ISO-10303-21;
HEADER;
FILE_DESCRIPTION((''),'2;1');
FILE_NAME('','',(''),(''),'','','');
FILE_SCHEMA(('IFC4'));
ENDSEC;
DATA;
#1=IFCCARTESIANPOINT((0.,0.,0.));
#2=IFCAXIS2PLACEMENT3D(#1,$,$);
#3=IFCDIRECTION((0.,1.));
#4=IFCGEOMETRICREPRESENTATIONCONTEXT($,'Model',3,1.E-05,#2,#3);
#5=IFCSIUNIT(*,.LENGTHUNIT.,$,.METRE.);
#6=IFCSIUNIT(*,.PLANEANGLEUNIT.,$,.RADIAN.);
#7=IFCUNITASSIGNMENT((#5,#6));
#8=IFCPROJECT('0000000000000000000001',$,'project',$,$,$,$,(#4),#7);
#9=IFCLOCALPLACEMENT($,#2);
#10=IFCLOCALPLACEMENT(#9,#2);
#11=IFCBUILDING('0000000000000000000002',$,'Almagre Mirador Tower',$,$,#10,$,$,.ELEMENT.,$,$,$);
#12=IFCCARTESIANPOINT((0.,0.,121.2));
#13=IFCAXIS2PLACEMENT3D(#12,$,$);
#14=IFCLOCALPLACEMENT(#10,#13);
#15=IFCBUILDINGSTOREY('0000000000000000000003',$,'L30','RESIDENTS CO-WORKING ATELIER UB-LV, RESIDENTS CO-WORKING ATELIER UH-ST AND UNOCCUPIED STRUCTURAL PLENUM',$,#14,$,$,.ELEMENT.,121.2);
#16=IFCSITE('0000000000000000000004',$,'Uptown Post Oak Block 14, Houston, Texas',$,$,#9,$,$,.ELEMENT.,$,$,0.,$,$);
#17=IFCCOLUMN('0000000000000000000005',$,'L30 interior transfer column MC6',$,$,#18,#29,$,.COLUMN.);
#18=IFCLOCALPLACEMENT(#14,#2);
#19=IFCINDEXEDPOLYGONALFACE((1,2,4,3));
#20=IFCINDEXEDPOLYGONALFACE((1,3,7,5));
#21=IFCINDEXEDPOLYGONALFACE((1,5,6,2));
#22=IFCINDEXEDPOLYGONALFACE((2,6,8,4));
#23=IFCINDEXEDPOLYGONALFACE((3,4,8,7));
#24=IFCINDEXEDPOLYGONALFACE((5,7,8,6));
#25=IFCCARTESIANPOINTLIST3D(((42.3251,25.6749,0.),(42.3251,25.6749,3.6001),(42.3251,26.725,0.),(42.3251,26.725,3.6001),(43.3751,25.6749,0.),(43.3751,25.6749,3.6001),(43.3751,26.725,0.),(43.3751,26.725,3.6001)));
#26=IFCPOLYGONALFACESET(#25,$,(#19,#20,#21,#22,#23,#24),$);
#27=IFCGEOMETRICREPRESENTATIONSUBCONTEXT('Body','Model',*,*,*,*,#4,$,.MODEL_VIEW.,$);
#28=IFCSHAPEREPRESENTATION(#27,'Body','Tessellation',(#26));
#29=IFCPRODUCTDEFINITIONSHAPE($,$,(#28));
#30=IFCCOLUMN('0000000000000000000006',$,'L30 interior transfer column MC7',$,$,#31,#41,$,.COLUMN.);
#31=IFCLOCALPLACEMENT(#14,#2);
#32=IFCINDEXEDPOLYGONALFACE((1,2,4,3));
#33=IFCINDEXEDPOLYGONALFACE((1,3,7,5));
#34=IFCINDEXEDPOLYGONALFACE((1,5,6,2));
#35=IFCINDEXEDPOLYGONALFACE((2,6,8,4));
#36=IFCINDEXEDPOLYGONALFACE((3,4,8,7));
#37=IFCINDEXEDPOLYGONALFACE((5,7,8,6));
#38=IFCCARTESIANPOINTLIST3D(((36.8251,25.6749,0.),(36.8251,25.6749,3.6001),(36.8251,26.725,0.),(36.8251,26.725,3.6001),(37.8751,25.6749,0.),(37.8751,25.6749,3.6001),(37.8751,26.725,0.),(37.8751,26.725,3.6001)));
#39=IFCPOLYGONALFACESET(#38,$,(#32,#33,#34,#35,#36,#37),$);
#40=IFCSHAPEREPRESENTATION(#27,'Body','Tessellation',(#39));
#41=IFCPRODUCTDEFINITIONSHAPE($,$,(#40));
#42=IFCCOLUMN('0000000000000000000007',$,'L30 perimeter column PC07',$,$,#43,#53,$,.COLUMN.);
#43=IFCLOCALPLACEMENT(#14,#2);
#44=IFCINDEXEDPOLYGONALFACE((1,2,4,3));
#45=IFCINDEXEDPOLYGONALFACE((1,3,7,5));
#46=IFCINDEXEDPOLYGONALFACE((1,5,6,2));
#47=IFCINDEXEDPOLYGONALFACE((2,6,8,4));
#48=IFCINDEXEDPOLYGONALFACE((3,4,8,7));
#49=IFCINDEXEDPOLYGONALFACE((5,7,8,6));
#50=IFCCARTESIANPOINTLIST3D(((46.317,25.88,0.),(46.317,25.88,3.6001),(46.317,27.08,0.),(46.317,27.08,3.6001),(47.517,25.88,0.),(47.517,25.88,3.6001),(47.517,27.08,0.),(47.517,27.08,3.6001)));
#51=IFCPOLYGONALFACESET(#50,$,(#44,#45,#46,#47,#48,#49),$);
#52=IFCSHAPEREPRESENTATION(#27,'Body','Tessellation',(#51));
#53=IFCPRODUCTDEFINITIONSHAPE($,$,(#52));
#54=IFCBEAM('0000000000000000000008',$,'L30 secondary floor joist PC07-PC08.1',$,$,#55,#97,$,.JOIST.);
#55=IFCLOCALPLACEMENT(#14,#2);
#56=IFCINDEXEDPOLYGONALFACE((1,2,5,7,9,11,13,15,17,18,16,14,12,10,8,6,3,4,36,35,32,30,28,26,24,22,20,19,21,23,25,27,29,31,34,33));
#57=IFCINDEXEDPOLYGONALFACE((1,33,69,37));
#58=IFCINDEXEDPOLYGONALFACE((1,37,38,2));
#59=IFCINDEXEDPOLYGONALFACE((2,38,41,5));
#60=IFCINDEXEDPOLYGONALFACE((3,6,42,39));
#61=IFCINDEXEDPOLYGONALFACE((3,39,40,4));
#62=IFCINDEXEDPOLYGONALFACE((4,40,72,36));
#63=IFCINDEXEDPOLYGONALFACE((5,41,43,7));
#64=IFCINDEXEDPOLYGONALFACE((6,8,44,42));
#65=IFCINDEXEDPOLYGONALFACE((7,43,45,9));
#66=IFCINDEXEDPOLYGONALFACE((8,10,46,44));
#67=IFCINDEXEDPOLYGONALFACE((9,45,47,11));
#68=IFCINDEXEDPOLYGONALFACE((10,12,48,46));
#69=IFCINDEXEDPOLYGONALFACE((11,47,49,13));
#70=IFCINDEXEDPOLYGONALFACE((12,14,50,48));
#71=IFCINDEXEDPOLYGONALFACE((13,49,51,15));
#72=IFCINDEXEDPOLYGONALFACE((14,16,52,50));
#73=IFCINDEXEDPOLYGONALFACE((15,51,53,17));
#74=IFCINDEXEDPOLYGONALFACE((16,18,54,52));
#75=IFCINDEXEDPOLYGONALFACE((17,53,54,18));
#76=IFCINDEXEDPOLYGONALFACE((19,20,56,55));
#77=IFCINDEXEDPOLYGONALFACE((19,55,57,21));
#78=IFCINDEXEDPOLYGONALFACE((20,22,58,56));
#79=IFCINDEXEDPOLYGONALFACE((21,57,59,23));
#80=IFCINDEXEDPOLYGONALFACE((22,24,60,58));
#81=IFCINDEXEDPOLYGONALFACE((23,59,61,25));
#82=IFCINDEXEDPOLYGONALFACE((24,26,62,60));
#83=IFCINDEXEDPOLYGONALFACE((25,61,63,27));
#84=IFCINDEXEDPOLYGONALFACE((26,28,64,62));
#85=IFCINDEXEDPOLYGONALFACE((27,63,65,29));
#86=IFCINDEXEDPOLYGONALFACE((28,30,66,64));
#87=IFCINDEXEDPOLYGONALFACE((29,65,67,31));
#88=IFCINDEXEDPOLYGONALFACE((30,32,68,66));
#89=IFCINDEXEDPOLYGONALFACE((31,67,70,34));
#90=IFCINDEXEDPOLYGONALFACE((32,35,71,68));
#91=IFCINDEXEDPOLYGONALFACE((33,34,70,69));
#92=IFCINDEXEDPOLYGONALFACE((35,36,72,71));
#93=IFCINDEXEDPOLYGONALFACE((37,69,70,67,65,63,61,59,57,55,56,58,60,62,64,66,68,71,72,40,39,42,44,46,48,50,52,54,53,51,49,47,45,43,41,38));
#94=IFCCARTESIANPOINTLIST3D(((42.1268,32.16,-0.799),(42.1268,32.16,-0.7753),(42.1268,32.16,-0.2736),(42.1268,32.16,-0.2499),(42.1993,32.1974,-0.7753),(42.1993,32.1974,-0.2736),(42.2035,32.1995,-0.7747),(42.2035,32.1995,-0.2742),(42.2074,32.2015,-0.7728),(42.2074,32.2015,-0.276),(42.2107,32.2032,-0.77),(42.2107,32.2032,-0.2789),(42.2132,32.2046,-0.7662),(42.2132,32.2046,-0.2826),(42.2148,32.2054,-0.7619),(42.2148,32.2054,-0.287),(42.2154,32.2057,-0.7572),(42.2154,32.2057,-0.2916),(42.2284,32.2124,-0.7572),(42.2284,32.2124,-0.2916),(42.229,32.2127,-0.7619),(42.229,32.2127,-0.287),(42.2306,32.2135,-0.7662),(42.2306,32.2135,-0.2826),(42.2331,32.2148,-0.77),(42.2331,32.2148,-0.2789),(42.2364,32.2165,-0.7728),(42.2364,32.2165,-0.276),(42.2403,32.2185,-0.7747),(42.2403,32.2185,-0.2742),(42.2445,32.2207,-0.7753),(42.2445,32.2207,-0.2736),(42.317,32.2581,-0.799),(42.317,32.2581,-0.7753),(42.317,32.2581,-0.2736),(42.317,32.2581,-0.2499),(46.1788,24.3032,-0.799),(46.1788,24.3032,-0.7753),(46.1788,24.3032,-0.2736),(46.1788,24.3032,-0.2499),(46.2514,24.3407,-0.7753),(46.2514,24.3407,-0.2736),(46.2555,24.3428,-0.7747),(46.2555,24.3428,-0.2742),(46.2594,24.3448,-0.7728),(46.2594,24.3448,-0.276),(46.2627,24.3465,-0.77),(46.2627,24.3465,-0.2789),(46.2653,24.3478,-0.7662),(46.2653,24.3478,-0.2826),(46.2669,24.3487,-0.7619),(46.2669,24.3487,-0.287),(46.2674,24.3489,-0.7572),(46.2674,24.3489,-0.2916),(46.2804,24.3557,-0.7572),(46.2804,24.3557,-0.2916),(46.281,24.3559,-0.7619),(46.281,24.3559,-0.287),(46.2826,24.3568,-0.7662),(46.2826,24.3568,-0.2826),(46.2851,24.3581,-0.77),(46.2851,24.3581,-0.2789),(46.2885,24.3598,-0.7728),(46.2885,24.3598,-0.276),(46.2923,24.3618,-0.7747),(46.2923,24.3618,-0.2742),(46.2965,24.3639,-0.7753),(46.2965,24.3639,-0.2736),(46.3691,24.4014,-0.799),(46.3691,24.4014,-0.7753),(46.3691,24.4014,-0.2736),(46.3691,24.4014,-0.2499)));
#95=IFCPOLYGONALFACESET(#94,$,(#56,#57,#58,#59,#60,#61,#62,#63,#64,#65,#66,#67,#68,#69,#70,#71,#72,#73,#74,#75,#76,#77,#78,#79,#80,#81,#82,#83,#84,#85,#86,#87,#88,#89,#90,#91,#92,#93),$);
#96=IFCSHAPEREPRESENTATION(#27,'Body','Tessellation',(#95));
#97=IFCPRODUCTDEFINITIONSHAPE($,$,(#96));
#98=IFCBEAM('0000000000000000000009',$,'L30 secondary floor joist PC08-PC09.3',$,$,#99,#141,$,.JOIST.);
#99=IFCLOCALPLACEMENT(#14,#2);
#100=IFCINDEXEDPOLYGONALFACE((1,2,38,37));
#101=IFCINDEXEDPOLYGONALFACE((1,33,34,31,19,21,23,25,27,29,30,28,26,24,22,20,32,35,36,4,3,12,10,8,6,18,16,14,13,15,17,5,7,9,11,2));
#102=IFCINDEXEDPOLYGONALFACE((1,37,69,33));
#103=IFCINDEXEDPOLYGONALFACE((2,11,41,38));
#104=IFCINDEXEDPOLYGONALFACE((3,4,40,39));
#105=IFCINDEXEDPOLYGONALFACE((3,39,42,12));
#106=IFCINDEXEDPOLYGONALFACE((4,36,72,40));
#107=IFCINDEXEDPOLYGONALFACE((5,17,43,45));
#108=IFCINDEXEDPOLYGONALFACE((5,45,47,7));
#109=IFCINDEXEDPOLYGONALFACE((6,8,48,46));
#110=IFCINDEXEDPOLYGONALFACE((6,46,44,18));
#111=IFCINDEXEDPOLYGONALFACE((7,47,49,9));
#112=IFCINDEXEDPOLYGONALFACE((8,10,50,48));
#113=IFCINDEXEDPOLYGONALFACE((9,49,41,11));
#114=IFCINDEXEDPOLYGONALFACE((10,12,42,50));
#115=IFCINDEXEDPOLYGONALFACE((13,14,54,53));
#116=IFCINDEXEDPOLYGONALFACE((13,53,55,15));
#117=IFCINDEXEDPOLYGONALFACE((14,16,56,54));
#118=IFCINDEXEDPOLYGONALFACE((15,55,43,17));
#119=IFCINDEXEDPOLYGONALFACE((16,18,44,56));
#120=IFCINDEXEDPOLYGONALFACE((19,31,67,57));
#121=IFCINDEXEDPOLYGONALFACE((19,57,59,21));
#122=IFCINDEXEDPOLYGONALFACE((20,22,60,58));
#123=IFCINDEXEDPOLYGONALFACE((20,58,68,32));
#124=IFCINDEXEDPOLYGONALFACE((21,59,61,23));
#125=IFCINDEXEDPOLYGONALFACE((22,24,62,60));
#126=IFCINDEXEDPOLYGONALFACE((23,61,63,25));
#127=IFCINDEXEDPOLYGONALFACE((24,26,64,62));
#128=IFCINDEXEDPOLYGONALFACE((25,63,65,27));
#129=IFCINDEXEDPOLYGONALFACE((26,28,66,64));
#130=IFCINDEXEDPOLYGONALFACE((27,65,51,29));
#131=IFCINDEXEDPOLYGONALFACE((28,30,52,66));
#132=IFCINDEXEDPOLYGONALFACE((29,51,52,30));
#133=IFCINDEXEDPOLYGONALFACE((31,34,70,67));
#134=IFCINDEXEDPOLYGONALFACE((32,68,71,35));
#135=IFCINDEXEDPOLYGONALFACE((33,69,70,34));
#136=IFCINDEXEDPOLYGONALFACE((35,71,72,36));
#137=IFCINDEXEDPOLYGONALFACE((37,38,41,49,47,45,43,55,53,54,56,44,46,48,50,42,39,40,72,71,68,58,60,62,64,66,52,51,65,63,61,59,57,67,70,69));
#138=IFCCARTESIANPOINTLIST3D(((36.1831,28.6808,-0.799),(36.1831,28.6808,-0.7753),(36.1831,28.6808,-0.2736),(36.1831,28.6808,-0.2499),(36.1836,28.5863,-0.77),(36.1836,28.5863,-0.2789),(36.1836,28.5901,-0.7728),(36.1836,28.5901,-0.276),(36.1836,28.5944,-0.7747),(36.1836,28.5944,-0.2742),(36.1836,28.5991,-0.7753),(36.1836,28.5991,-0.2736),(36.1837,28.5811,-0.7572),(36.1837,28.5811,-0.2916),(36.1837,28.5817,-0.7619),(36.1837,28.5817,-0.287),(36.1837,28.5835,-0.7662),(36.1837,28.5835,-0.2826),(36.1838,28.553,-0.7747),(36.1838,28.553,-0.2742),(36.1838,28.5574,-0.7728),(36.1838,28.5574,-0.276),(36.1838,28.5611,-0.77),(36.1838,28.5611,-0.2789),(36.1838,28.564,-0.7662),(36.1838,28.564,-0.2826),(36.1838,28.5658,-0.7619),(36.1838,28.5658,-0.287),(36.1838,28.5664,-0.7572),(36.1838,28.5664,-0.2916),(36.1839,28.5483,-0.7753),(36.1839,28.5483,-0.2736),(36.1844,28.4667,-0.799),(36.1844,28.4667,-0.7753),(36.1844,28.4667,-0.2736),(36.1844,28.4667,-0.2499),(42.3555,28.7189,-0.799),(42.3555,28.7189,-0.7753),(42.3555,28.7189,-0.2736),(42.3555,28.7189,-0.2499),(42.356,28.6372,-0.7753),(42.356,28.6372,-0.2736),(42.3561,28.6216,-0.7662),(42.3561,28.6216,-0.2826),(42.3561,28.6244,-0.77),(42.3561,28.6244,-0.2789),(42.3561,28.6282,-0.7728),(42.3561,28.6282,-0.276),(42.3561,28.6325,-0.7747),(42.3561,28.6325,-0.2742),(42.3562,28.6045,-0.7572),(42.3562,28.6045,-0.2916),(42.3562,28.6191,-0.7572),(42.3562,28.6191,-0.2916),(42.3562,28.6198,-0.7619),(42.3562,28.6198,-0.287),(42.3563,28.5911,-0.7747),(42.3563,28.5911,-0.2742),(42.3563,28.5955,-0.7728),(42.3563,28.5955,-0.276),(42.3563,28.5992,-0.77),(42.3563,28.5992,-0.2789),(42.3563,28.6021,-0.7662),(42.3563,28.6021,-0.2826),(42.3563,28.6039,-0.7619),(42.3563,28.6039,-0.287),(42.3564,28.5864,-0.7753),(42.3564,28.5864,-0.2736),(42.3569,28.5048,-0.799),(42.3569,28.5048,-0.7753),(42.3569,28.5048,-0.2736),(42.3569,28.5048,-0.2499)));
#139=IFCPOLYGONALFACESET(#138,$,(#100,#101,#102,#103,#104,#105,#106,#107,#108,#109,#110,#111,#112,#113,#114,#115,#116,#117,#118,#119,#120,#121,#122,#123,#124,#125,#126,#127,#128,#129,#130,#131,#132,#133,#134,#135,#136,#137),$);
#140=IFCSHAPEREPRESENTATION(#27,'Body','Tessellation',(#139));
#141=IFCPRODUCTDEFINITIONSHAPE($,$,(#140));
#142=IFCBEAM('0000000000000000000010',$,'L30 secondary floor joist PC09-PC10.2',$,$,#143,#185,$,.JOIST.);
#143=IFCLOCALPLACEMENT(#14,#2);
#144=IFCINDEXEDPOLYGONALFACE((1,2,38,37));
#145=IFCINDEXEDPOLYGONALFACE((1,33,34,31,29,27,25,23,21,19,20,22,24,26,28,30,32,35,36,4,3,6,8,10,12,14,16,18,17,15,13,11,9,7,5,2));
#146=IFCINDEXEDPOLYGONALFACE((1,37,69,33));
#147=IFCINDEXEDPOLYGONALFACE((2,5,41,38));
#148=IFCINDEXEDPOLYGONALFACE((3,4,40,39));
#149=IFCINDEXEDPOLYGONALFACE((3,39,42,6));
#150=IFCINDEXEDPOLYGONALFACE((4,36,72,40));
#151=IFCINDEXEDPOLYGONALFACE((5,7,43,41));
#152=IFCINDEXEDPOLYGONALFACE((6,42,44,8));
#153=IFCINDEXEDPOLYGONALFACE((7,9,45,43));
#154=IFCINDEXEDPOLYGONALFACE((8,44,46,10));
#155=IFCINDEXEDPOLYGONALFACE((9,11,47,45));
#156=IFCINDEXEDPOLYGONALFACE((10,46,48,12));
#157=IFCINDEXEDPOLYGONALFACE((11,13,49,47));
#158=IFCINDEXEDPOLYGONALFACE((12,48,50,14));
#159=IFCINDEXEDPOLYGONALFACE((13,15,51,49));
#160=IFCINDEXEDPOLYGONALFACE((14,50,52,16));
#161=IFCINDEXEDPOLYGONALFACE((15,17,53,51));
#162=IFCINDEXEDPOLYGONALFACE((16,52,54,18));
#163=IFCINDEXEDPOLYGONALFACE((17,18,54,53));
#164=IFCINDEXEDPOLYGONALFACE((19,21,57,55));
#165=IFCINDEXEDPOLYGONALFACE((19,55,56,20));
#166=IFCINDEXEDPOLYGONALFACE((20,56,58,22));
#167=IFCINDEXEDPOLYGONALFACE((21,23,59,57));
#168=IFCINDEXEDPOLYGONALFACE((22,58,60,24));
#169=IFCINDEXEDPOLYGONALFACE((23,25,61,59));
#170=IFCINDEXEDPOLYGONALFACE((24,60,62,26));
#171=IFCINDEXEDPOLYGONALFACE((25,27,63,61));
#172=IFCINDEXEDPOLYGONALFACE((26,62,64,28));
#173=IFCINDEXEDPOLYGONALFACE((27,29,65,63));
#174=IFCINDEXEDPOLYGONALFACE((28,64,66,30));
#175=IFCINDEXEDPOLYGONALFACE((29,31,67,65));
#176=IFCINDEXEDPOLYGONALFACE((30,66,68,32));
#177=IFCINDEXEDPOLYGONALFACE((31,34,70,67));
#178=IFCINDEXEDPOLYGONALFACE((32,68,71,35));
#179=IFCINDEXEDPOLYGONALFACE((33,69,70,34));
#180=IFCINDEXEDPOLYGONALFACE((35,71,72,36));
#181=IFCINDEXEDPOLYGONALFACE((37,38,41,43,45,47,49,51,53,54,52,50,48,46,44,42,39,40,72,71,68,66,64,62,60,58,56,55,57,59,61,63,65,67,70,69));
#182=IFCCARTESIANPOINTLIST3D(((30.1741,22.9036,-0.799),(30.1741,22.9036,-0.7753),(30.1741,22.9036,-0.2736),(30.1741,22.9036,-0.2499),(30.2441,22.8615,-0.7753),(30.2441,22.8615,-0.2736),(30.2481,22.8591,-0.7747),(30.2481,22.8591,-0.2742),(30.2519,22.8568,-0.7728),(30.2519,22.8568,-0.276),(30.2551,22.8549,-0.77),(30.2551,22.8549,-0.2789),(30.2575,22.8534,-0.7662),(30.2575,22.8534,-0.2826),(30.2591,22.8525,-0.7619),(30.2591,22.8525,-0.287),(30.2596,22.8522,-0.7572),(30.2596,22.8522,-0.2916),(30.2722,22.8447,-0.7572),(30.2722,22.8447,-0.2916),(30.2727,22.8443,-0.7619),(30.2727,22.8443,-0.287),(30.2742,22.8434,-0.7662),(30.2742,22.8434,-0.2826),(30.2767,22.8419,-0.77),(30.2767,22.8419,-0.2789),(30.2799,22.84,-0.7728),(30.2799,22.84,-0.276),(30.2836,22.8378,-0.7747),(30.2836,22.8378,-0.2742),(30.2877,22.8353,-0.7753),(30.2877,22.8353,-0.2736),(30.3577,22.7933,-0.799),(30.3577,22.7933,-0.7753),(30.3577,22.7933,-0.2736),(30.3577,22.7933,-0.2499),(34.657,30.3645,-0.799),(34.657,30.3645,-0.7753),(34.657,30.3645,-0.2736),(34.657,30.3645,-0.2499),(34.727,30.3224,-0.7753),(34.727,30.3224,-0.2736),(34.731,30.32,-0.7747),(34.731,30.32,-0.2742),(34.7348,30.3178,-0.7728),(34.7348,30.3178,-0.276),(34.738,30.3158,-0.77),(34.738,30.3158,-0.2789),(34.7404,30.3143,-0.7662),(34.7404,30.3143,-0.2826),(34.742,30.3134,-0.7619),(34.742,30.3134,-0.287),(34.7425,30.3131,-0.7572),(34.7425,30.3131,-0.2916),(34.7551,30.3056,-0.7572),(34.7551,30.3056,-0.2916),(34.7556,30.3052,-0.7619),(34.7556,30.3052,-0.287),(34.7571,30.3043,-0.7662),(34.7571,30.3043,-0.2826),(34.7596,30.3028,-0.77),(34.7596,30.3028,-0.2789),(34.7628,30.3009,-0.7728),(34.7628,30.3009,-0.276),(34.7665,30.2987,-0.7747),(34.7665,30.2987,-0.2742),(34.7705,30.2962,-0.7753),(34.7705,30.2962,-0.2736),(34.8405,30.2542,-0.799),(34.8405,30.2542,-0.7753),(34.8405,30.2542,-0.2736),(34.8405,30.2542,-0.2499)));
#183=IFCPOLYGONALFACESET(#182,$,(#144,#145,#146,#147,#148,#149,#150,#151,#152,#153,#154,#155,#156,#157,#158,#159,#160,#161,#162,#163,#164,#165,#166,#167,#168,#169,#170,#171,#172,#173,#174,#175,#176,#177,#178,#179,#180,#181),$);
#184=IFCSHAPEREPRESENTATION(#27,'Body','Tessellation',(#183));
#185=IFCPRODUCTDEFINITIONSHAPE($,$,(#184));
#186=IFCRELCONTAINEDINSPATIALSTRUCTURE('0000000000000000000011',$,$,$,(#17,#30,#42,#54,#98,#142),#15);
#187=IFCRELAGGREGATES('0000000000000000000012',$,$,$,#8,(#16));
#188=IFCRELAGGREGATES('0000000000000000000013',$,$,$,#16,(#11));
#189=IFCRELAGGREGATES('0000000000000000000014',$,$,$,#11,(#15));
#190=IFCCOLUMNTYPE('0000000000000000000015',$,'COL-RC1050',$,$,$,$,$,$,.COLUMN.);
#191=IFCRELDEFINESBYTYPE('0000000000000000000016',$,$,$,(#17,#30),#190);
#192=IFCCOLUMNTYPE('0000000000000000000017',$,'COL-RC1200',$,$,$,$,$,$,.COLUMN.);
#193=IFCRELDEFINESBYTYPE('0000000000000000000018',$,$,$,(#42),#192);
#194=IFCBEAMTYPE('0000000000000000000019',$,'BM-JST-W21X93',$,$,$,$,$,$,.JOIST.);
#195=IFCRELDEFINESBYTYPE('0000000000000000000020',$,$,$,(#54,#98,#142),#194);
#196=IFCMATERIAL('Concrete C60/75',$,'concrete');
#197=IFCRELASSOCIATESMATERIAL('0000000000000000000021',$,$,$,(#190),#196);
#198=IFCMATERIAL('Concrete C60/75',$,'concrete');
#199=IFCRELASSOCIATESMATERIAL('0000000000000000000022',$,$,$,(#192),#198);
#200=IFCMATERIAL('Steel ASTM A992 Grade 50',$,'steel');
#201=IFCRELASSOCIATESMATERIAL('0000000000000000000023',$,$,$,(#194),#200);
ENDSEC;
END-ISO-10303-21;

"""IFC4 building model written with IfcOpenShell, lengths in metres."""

from ifc_helpers import new_model, si_unit, direction, frame, origin, origin_2d, place, context, subcontext, project, spatial, rectangle, i_section, extrude, material, material_profile, profile_set, type_object, element, save


model = new_model("IFC4")

# Units and contexts
model_context = context("Model", 3, precision=1e-05, world=origin(), true_north=direction((0.0, 1.0)))
body_context = subcontext(model_context, "Body", "Model", "MODEL_VIEW")
ifc_project = project(units=[si_unit("LENGTHUNIT", "METRE"), si_unit("PLANEANGLEUNIT", "RADIAN")], contexts=[model_context])

# Site, building, storey
site_placement = place(None, origin())
site = spatial("IfcSite", under=ifc_project, at=site_placement, Name="Uptown Post Oak Block 14, Houston, Texas", CompositionType="ELEMENT", RefElevation=0.0)
building_placement = place(site_placement, origin())
building = spatial("IfcBuilding", under=site, at=building_placement, Name="Almagre Mirador Tower", CompositionType="ELEMENT")
storey_placement = place(building_placement, frame((0.0, 0.0, 121.2)))
storey = spatial("IfcBuildingStorey", under=building, at=storey_placement, Name="L30", Description="RESIDENTS CO-WORKING ATELIER UB-LV, RESIDENTS CO-WORKING ATELIER UH-ST AND UNOCCUPIED STRUCTURAL PLENUM", CompositionType="ELEMENT", Elevation=121.2)

# Columns
ifc_material_1 = material(Name="Concrete C60/75", Category="concrete")
ifc_material_profile_1 = material_profile(ifc_material_1, rectangle(XDim=1.05, YDim=1.05, at=origin_2d()), Name="RC1050X1050")
ifc_profile_set_1 = profile_set([ifc_material_profile_1], Name="Concrete C60/75")
column_type_1 = type_object("IfcColumnType", Name="COL-RC1050", PredefinedType="COLUMN", material=ifc_profile_set_1)
for number, where, z_axis, x_axis, name in (
    (1, (42.8501, 26.2, 0.0), (0.0, 0.0, 1.0), (1.0, 0.0, 0.0), "L30 interior transfer column MC6"),
    (2, (37.3501, 26.2, 0.0), (0.0, 0.0, 1.0), (1.0, 0.0, 0.0), "L30 interior transfer column MC7"),
):
    element("IfcColumn", number, at=place(storey_placement, frame(where, z_axis=z_axis, x_axis=x_axis)), inside=storey, type_object=column_type_1, Name=name, PredefinedType="COLUMN", context=body_context, shape_type="SweptSolid", body=[
        extrude(rectangle(XDim=1.05, YDim=1.05, at=origin_2d()), origin(), (0.0, 0.0, 1.0), 3.6001),
    ])
ifc_material_2 = material(Name="Concrete C60/75", Category="concrete")
ifc_material_profile_2 = material_profile(ifc_material_2, rectangle(XDim=1.2, YDim=1.2, at=origin_2d()), Name="RC1200X1200")
ifc_profile_set_2 = profile_set([ifc_material_profile_2], Name="Concrete C60/75")
column_type_2 = type_object("IfcColumnType", Name="COL-RC1200", PredefinedType="COLUMN", material=ifc_profile_set_2)
column_placement = place(storey_placement, frame((46.917, 26.48, 0.0), z_axis=(0.0, 0.0, 1.0), x_axis=(1.0, 0.0, 0.0)))
element("IfcColumn", 3, at=column_placement, inside=storey, type_object=column_type_2, Name="L30 perimeter column PC07", PredefinedType="COLUMN", context=body_context, shape_type="SweptSolid", body=[
    extrude(rectangle(XDim=1.2, YDim=1.2, at=origin_2d()), origin(), (0.0, 0.0, 1.0), 3.6001),
])

# Beams
ifc_material_3 = material(Name="Steel ASTM A992 Grade 50", Category="steel")
ifc_material_profile_3 = material_profile(ifc_material_3, i_section(OverallWidth=0.2141, OverallDepth=0.5491, WebThickness=0.0146, FlangeThickness=0.0237, FilletRadius=0.0181, at=origin_2d()), Name="W21X93")
ifc_profile_set_3 = profile_set([ifc_material_profile_3], Name="Steel ASTM A992 Grade 50")
beam_type_1 = type_object("IfcBeamType", Name="BM-JST-W21X93", PredefinedType="JOIST", material=ifc_profile_set_3)
beam_1_placement = place(storey_placement, frame((46.2739, 24.3523, -0.5244), z_axis=(-0.458369, 0.888762, 0.0), x_axis=(-0.888762, -0.458369, 0.0)))
element("IfcBeam", 4, at=beam_1_placement, inside=storey, type_object=beam_type_1, Name="L30 secondary floor joist PC07-PC08.1", PredefinedType="JOIST", context=body_context, shape_type="SweptSolid", body=[
    extrude(i_section(OverallWidth=0.2141, OverallDepth=0.5491, WebThickness=0.0146, FlangeThickness=0.0237, FilletRadius=0.0181, at=origin_2d()), origin(), (0.0, 0.0, 1.0), 8.8401),
])
beam_2_placement = place(storey_placement, frame((42.3562, 28.6118, -0.5244), z_axis=(-0.999981, -0.00617, 0.0), x_axis=(0.00617, -0.999981, 0.0)))
element("IfcBeam", 5, at=beam_2_placement, inside=storey, type_object=beam_type_1, Name="L30 secondary floor joist PC08-PC09.3", PredefinedType="JOIST", context=body_context, shape_type="SweptSolid", body=[
    extrude(i_section(OverallWidth=0.2141, OverallDepth=0.5491, WebThickness=0.0146, FlangeThickness=0.0237, FilletRadius=0.0181, at=origin_2d()), origin(), (0.0, 0.0, 1.0), 6.1726),
])
beam_3_placement = place(storey_placement, frame((34.7488, 30.3093, -0.5244), z_axis=(-0.515032, -0.857171, 0.0), x_axis=(0.857171, -0.515032, 0.0)))
element("IfcBeam", 6, at=beam_3_placement, inside=storey, type_object=beam_type_1, Name="L30 secondary floor joist PC09-PC10.2", PredefinedType="JOIST", context=body_context, shape_type="SweptSolid", body=[
    extrude(i_section(OverallWidth=0.2141, OverallDepth=0.5491, WebThickness=0.0146, FlangeThickness=0.0237, FilletRadius=0.0181, at=origin_2d()), origin(), (0.0, 0.0, 1.0), 8.7041),
])

save(model, "model.ifc")
